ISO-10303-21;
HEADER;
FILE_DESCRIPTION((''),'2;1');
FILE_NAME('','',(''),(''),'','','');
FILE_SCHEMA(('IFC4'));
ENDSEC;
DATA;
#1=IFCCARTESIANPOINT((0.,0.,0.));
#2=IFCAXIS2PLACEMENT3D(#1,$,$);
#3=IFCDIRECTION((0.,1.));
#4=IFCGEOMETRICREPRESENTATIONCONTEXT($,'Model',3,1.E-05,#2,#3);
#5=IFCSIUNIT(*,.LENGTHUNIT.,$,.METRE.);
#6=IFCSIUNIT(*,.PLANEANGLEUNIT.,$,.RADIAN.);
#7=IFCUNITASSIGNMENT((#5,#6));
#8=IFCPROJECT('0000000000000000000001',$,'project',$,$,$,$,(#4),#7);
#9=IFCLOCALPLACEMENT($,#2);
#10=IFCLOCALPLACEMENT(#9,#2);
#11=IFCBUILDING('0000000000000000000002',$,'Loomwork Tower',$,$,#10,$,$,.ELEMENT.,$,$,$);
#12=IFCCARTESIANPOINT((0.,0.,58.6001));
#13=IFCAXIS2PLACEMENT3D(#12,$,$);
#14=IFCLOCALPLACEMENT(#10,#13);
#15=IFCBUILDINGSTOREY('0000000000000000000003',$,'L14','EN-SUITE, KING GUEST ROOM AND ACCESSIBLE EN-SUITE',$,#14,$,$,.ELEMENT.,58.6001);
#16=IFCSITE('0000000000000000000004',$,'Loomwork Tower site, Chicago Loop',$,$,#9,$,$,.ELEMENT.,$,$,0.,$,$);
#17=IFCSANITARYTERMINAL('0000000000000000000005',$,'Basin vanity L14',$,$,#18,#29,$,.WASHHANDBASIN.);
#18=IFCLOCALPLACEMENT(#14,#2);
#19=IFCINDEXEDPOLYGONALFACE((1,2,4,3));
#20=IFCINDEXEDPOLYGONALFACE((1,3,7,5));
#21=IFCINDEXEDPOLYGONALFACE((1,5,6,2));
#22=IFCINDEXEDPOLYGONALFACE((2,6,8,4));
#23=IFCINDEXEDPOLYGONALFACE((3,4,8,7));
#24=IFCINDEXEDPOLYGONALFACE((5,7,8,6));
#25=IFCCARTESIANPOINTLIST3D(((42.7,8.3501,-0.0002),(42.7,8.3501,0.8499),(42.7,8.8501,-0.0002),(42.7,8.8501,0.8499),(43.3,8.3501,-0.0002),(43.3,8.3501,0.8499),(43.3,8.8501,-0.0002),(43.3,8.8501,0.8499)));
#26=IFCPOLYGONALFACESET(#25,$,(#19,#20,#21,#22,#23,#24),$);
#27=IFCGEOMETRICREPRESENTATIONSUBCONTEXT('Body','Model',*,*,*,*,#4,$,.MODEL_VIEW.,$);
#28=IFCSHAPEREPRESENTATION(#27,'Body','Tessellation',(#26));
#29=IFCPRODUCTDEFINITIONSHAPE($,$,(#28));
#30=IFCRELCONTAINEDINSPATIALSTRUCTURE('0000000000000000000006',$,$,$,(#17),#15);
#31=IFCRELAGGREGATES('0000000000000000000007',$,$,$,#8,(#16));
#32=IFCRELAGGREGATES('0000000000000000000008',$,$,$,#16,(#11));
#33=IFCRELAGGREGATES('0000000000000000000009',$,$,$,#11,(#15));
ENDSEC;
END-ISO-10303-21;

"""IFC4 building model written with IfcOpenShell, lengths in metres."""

from ifc_helpers import new_model, si_unit, direction, frame, origin, origin_2d, place, context, subcontext, project, spatial, rectangle, extrude, element, save


model = new_model("IFC4")

# Units and contexts
model_context = context("Model", 3, precision=1e-05, world=origin(), true_north=direction((0.0, 1.0)))
body_context = subcontext(model_context, "Body", "Model", "MODEL_VIEW")
ifc_project = project(units=[si_unit("LENGTHUNIT", "METRE"), si_unit("PLANEANGLEUNIT", "RADIAN")], contexts=[model_context])

# Site, building, storey
site_placement = place(None, origin())
site = spatial("IfcSite", under=ifc_project, at=site_placement, Name="Loomwork Tower site, Chicago Loop", CompositionType="ELEMENT", RefElevation=0.0)
building_placement = place(site_placement, origin())
building = spatial("IfcBuilding", under=site, at=building_placement, Name="Loomwork Tower", CompositionType="ELEMENT")
storey_placement = place(building_placement, frame((0.0, 0.0, 58.6001)))
storey = spatial("IfcBuildingStorey", under=building, at=storey_placement, Name="L14", Description="EN-SUITE, KING GUEST ROOM AND ACCESSIBLE EN-SUITE", CompositionType="ELEMENT", Elevation=58.6001)

# Sanitary terminal
sanitary_terminal_1_placement = place(storey_placement, frame((43.0, 8.6001, -0.0002), z_axis=(0.0, 0.0, 1.0), x_axis=(1.0, 0.0, 0.0)))
element("IfcSanitaryTerminal", 1, at=sanitary_terminal_1_placement, inside=storey, Name="Basin vanity L14", PredefinedType="WASHHANDBASIN", context=body_context, shape_type="SweptSolid", body=[
    extrude(rectangle(XDim=0.6001, YDim=0.5, at=origin_2d()), origin(), (0.0, 0.0, 1.0), 0.8501),
])

save(model, "model.ifc")
